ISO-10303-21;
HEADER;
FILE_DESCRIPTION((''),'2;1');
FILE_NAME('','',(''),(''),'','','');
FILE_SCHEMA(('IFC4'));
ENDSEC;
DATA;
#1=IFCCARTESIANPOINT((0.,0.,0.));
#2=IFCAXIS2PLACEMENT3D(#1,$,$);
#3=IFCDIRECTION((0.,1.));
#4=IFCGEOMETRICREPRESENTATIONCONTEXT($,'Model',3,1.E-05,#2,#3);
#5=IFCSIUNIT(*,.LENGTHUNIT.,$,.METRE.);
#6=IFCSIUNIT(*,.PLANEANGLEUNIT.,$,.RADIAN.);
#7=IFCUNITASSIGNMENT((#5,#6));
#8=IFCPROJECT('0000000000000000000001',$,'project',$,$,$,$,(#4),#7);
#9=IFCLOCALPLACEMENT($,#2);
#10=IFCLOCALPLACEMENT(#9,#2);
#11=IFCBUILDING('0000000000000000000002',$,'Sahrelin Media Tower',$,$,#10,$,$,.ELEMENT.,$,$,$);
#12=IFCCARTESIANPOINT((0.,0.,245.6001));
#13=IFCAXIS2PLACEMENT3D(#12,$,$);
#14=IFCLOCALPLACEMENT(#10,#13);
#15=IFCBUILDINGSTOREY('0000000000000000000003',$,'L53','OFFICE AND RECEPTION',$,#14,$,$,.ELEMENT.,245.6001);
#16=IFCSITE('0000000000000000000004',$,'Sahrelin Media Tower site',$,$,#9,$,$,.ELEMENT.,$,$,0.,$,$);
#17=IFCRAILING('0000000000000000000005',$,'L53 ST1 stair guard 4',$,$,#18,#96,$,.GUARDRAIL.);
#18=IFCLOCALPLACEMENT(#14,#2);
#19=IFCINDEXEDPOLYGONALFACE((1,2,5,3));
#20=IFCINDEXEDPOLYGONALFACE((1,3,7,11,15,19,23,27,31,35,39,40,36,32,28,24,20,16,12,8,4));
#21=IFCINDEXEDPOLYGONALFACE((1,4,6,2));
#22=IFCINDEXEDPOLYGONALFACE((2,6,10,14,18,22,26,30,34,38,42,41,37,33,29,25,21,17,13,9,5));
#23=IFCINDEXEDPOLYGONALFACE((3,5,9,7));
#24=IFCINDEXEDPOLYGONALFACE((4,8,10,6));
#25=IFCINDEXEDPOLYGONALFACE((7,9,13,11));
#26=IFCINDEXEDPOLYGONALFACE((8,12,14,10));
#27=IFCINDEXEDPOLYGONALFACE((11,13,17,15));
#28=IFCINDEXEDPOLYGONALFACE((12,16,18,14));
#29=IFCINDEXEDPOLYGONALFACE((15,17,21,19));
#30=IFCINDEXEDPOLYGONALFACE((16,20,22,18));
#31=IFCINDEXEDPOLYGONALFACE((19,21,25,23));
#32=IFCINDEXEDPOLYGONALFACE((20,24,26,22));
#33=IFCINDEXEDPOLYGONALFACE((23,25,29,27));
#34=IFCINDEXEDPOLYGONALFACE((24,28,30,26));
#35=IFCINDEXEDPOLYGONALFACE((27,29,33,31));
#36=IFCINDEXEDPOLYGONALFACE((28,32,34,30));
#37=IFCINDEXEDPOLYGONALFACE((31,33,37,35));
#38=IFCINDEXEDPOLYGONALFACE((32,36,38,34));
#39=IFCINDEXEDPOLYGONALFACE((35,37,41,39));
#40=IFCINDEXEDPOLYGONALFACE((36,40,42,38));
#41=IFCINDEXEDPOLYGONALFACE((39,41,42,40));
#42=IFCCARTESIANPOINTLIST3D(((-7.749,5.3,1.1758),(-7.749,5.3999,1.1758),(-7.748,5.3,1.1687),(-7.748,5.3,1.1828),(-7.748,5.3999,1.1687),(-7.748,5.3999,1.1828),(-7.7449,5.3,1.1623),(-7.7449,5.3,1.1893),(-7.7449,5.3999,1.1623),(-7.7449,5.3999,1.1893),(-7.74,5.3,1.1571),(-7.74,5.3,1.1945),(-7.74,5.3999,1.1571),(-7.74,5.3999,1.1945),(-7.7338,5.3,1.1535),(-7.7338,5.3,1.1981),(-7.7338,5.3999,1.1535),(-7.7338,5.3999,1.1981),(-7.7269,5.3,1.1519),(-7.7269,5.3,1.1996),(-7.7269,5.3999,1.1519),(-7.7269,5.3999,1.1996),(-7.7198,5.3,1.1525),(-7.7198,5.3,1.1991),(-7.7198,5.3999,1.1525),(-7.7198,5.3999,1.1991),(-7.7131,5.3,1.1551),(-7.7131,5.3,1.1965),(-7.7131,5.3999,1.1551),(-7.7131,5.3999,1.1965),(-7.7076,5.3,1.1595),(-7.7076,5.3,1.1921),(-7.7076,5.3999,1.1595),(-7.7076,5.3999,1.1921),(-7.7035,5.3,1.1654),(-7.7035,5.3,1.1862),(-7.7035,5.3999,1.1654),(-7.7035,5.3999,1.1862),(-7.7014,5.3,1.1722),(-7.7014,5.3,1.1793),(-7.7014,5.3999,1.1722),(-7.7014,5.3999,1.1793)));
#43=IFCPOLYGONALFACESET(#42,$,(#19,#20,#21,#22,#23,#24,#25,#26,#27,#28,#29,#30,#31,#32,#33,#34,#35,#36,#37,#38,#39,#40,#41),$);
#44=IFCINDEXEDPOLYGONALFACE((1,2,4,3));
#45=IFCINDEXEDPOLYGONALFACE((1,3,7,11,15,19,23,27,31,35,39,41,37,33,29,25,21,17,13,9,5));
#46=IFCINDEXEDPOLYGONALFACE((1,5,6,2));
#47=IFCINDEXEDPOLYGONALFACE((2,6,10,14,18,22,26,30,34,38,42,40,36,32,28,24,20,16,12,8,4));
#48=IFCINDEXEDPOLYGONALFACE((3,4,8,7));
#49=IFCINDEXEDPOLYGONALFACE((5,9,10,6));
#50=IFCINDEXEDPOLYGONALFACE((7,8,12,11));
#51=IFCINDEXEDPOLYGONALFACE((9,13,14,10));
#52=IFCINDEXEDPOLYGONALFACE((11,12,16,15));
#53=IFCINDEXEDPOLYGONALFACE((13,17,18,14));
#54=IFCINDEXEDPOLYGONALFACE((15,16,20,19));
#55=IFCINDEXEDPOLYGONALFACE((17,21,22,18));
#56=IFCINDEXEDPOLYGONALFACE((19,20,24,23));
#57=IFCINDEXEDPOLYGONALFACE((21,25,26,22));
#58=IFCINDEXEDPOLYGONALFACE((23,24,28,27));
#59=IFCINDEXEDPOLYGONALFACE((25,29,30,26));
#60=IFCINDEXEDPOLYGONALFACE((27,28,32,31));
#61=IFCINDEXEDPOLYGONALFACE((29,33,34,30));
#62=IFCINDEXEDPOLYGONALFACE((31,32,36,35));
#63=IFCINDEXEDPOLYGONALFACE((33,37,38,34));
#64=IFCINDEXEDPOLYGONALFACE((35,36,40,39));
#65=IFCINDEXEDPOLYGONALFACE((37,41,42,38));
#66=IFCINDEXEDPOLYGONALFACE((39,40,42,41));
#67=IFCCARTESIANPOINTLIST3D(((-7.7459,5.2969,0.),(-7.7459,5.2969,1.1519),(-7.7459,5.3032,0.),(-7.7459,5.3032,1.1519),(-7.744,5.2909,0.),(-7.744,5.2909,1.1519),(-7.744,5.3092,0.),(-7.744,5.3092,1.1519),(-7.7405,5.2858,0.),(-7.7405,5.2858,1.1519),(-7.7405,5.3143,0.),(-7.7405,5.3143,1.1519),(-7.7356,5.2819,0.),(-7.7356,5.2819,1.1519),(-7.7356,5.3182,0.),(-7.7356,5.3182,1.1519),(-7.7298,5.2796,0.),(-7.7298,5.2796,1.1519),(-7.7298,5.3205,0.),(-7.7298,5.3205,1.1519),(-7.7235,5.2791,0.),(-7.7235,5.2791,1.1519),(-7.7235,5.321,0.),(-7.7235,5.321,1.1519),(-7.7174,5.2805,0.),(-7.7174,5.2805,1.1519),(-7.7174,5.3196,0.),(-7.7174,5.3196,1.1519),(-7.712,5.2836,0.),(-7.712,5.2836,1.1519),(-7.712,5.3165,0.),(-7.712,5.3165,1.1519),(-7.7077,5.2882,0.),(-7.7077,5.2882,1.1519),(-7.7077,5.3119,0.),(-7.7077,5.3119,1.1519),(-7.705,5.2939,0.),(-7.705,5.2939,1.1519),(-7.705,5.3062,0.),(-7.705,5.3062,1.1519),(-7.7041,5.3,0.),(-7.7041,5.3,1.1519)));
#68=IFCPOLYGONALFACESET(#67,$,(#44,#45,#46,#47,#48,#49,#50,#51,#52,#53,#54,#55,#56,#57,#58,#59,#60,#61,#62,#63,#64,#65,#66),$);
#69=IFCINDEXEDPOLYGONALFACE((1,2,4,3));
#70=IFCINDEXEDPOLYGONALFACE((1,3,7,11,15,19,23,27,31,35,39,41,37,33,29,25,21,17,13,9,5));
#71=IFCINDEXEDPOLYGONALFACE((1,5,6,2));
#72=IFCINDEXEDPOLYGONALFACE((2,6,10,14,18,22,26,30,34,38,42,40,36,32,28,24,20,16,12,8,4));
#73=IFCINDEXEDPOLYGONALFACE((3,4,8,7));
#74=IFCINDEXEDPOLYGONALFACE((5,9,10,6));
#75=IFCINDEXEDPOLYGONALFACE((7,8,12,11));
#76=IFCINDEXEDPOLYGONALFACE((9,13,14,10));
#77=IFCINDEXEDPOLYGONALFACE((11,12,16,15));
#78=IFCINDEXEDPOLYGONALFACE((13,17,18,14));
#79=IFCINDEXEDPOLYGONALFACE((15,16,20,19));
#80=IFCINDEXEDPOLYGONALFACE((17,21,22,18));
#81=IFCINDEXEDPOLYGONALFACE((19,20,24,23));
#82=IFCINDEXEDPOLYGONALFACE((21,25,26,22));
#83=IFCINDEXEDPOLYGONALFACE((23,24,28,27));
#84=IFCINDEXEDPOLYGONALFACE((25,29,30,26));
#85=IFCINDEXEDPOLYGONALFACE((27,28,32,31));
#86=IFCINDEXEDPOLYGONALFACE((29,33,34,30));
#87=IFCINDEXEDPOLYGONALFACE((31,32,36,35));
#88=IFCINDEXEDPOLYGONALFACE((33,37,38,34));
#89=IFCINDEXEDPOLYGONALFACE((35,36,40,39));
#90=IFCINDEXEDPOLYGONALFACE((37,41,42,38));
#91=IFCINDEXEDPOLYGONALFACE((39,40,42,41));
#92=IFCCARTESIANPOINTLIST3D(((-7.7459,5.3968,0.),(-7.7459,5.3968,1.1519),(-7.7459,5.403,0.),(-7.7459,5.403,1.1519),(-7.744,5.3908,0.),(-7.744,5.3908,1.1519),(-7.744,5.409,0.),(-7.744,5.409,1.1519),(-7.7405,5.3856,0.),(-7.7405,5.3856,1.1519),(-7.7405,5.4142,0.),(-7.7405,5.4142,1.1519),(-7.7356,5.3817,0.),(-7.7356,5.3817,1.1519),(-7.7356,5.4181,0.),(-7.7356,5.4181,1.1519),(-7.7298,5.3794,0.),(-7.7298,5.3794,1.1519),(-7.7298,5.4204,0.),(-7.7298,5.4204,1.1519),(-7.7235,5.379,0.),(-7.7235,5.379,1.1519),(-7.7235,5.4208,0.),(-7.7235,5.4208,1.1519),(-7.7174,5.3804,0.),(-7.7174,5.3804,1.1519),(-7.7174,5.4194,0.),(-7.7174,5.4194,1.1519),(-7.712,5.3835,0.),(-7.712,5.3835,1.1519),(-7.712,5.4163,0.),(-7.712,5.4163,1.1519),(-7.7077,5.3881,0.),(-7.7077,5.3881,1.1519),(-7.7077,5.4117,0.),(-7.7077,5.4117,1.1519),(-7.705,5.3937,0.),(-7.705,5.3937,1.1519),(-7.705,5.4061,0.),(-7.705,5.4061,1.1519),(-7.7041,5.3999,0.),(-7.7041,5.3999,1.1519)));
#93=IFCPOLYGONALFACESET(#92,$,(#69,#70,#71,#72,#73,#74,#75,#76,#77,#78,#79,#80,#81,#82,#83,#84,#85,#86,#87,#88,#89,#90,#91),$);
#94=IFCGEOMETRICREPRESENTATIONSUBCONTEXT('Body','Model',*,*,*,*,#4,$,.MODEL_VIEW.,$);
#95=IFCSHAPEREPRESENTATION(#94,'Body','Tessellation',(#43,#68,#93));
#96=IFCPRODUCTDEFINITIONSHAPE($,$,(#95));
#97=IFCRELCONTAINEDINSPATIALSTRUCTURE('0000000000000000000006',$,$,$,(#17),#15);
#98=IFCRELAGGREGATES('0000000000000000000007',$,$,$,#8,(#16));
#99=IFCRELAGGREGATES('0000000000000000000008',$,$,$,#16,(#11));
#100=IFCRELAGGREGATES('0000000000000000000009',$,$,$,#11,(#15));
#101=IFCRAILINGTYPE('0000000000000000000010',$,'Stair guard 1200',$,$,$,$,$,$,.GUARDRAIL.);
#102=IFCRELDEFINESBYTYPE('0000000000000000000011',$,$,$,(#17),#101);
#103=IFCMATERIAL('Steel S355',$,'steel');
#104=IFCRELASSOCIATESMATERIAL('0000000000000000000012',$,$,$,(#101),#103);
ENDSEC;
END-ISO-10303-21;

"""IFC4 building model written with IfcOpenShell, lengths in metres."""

from ifc_helpers import new_model, si_unit, direction, frame, origin, origin_2d, place, context, subcontext, project, spatial, circle, extrude, material, type_object, element, save


model = new_model("IFC4")

# Units and contexts
model_context = context("Model", 3, precision=1e-05, world=origin(), true_north=direction((0.0, 1.0)))
body_context = subcontext(model_context, "Body", "Model", "MODEL_VIEW")
ifc_project = project(units=[si_unit("LENGTHUNIT", "METRE"), si_unit("PLANEANGLEUNIT", "RADIAN")], contexts=[model_context])

# Site, building, storey
site_placement = place(None, origin())
site = spatial("IfcSite", under=ifc_project, at=site_placement, Name="Sahrelin Media Tower site", CompositionType="ELEMENT", RefElevation=0.0)
building_placement = place(site_placement, origin())
building = spatial("IfcBuilding", under=site, at=building_placement, Name="Sahrelin Media Tower", CompositionType="ELEMENT")
storey_placement = place(building_placement, frame((0.0, 0.0, 245.6001)))
storey = spatial("IfcBuildingStorey", under=building, at=storey_placement, Name="L53", Description="OFFICE AND RECEPTION", CompositionType="ELEMENT", Elevation=245.6001)

# Shared definitions
ifc_material_1 = material(Name="Steel S355", Category="steel")

# Railing
railing_type_1 = type_object("IfcRailingType", Name="Stair guard 1200", PredefinedType="GUARDRAIL", material=ifc_material_1)
railing_1_placement = place(storey_placement, frame((-7.7251, 5.3, 0.0)))
element("IfcRailing", 1, at=railing_1_placement, inside=storey, type_object=railing_type_1, Name="L53 ST1 stair guard 4", PredefinedType="GUARDRAIL", context=body_context, shape_type="SweptSolid", body=[
    extrude(circle(Radius=0.0239, at=origin_2d()), frame((0.0, 0.0, 1.1758), z_axis=(0.0, 1.0, 0.0), x_axis=(-1.0, 0.0, 0.0)), (0.0, 0.0, 1.0), 0.0999),
    extrude(circle(Radius=0.021, at=origin_2d()), origin(), (0.0, 0.0, 1.0), 1.1519),
    extrude(circle(Radius=0.021, at=origin_2d()), frame((0.0, 0.0999, 0.0)), (0.0, 0.0, 1.0), 1.1519),
])

save(model, "model.ifc")
